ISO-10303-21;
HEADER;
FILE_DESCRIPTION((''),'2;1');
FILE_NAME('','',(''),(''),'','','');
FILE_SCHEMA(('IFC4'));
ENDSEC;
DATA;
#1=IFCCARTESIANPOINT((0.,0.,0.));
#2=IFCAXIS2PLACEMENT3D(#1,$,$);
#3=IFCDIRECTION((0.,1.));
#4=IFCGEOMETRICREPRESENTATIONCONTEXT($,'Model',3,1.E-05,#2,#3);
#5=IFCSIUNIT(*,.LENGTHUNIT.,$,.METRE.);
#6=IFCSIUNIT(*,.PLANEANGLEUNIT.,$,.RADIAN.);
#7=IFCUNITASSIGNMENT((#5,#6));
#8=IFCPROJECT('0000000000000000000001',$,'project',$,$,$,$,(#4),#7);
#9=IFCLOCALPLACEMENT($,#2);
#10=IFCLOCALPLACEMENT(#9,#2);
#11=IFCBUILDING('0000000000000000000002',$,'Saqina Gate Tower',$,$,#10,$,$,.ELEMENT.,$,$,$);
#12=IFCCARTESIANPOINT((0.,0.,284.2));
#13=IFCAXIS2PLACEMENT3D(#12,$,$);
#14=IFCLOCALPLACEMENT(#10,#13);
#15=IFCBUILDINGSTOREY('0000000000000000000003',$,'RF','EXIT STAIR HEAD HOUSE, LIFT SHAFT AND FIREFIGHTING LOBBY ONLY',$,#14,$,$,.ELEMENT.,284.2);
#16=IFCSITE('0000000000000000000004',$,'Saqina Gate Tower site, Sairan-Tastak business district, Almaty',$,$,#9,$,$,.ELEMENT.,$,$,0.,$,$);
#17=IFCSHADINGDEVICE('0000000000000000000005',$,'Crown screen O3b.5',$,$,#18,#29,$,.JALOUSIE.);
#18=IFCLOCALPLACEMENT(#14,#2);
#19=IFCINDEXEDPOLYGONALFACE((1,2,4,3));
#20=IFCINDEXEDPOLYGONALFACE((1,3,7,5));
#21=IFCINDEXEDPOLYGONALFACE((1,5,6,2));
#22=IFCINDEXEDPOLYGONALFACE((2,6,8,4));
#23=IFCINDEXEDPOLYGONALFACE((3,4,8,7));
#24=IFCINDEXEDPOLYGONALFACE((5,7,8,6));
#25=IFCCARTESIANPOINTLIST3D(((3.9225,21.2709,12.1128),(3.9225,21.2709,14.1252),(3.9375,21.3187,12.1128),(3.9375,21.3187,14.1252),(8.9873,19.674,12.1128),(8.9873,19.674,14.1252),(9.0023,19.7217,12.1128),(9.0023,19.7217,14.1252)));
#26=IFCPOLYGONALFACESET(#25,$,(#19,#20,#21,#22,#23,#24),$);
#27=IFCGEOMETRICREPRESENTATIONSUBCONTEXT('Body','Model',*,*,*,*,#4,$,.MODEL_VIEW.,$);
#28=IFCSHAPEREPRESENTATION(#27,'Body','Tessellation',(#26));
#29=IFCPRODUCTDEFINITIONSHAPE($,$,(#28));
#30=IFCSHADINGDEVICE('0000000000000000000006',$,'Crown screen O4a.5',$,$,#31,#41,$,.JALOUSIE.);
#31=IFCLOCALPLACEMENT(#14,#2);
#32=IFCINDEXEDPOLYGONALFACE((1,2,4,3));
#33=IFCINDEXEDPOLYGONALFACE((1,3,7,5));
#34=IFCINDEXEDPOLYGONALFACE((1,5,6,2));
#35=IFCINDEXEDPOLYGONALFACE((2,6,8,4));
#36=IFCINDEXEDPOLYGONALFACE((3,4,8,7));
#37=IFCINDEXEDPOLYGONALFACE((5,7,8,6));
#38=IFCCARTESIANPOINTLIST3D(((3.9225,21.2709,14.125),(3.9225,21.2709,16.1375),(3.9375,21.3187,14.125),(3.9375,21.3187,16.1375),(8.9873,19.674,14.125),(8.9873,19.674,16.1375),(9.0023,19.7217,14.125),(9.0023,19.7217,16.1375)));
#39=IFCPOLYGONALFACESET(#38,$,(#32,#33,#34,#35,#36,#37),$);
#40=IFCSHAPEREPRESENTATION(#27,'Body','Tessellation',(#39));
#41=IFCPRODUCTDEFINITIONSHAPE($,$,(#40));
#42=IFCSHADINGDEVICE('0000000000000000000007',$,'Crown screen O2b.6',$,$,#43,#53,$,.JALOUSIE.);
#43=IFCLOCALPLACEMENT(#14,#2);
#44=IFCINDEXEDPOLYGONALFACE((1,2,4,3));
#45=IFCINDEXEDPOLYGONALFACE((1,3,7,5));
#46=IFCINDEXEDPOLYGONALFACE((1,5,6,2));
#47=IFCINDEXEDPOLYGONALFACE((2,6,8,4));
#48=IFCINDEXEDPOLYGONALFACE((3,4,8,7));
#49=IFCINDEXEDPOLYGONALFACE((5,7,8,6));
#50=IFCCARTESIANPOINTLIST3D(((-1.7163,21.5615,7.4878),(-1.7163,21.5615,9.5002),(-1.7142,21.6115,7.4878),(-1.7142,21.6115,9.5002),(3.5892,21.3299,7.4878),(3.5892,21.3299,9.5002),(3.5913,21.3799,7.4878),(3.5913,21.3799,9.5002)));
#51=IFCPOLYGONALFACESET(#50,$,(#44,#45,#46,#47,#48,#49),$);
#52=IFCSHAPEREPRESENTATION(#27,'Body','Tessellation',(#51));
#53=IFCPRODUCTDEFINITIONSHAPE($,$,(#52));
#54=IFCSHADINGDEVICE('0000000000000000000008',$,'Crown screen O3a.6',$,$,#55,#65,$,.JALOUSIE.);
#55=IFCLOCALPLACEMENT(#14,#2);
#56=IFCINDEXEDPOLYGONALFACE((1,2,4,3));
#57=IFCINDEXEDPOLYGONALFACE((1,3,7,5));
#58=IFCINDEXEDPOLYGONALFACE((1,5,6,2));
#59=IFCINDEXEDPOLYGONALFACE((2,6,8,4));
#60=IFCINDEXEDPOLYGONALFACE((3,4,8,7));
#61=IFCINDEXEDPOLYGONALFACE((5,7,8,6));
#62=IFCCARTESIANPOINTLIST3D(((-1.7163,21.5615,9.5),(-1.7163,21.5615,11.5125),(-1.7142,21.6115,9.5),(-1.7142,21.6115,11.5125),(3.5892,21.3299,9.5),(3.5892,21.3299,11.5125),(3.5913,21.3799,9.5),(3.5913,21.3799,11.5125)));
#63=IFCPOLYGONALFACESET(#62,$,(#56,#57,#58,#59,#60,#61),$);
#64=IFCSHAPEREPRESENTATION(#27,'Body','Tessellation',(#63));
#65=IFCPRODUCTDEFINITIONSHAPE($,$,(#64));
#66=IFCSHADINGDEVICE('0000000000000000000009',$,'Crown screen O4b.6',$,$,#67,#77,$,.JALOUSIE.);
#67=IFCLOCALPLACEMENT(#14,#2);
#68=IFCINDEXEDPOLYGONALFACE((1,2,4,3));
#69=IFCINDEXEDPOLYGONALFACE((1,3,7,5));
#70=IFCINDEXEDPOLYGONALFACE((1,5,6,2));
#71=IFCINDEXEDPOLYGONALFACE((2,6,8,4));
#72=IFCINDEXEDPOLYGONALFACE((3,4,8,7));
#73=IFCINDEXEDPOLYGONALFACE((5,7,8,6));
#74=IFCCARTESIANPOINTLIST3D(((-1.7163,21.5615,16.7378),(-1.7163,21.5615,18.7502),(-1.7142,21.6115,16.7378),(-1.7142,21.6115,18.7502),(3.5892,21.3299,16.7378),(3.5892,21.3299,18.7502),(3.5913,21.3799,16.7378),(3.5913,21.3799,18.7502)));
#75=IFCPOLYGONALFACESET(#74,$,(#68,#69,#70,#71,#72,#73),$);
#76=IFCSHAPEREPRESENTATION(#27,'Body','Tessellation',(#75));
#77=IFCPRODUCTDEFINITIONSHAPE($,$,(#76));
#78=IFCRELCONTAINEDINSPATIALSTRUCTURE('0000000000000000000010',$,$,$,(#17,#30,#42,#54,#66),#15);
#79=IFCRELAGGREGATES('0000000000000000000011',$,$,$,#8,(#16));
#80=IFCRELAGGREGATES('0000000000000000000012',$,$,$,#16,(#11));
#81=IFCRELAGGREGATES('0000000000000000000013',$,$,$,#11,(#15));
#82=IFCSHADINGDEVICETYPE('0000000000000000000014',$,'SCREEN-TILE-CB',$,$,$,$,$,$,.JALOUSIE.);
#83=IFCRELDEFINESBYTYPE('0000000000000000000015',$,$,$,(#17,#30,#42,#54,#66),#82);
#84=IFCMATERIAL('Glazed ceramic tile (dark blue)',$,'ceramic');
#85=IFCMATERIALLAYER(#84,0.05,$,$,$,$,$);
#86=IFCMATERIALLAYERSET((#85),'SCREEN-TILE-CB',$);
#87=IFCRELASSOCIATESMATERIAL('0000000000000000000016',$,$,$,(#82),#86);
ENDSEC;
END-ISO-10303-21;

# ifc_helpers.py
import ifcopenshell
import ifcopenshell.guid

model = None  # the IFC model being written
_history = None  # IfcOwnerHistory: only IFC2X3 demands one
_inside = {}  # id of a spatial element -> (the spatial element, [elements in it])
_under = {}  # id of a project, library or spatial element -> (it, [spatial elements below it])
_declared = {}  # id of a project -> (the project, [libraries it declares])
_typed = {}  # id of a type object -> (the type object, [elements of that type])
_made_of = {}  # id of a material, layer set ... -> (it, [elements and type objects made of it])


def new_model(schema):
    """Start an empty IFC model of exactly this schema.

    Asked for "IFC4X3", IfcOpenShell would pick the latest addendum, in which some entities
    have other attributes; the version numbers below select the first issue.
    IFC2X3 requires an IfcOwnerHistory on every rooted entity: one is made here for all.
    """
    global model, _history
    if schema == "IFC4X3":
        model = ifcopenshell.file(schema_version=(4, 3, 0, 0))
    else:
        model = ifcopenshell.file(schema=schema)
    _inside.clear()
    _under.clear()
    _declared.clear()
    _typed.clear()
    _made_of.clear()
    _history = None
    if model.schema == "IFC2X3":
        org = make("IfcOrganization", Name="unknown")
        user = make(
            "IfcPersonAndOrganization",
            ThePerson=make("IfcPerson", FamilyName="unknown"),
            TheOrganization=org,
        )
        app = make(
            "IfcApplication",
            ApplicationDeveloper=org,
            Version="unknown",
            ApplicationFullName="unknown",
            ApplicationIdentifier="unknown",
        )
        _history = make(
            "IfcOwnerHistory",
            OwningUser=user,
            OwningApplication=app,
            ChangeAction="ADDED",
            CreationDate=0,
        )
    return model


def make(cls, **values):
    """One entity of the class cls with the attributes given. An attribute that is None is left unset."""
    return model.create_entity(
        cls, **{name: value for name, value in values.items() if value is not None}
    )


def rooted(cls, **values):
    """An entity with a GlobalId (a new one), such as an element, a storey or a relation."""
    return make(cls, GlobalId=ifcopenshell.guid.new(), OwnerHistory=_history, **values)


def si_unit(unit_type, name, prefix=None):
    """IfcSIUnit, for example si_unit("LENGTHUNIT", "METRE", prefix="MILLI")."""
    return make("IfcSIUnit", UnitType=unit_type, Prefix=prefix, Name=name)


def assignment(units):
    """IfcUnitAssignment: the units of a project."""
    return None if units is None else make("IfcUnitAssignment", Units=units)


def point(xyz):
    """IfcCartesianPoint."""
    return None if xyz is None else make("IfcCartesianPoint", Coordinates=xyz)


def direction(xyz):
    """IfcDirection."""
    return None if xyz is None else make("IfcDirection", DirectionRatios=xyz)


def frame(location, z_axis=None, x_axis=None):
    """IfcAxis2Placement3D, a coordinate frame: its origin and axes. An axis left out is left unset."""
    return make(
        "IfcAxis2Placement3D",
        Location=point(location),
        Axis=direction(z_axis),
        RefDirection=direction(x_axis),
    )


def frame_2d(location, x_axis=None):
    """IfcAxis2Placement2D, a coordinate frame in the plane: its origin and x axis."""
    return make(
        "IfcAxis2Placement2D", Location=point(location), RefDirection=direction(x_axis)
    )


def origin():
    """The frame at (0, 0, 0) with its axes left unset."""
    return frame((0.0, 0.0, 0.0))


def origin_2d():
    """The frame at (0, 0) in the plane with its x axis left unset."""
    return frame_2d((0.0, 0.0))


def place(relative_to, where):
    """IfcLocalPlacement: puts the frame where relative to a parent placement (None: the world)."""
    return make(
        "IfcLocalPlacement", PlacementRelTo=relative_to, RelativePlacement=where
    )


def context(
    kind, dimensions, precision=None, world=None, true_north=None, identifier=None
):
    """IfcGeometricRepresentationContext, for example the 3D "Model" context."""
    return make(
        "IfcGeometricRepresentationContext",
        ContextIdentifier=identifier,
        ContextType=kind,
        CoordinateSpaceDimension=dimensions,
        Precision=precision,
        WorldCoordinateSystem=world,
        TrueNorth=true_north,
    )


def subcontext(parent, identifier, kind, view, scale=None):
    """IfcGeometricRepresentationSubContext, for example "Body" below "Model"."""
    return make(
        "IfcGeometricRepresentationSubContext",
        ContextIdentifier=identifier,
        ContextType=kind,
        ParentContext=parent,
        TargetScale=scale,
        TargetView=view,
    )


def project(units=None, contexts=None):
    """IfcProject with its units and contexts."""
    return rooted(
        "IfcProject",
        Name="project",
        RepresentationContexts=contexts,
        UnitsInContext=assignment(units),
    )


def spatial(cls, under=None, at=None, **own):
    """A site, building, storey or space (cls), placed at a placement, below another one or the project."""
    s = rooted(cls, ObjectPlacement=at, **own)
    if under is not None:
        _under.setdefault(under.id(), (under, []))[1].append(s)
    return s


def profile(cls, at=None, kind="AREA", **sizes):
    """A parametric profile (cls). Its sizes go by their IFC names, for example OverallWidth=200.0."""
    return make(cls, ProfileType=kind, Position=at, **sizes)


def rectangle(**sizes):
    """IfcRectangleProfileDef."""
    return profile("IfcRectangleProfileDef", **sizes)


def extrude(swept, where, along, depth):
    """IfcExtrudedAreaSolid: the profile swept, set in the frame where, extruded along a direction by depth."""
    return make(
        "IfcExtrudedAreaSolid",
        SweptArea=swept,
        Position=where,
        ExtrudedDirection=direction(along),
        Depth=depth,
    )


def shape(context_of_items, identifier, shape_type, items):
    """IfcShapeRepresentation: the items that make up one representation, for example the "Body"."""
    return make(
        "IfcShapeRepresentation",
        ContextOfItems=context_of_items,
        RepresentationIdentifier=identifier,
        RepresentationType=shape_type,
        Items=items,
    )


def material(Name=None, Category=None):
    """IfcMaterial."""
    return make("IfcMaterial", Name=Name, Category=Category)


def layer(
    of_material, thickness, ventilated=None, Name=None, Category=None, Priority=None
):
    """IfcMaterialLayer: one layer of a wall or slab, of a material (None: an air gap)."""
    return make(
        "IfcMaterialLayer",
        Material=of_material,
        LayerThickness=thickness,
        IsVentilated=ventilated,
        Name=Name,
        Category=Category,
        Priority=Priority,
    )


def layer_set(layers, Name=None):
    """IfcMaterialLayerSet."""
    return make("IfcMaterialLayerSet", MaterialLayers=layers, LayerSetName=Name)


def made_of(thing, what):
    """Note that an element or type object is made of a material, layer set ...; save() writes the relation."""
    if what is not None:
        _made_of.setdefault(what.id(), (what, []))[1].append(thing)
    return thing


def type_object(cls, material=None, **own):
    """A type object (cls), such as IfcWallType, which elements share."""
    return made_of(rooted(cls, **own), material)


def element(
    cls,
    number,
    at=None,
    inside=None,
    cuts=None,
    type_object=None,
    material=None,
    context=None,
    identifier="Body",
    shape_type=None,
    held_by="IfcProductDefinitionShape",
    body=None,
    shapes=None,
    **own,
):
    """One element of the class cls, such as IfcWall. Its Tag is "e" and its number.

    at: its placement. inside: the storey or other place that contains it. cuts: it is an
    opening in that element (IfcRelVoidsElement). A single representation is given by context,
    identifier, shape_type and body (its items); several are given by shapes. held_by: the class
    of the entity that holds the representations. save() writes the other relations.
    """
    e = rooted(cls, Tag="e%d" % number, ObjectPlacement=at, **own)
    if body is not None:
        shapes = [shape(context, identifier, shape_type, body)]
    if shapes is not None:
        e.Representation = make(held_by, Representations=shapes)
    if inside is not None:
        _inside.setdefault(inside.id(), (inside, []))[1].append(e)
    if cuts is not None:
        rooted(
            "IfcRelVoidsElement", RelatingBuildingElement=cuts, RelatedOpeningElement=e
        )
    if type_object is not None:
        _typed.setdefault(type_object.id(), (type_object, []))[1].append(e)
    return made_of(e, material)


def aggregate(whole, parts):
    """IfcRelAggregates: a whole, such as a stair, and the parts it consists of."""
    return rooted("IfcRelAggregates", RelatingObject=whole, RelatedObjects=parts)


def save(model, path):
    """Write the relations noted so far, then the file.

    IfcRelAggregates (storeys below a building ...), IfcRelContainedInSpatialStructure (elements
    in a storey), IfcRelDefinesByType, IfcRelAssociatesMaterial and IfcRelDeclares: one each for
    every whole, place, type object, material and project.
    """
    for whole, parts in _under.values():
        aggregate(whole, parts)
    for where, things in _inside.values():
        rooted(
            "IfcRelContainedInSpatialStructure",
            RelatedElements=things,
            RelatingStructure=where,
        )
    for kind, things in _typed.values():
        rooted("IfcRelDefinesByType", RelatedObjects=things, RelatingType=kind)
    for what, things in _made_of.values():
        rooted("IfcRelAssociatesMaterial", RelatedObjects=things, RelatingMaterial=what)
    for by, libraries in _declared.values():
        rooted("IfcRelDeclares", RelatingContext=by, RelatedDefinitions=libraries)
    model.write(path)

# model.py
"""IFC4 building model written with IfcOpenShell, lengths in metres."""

from ifc_helpers import new_model, si_unit, direction, frame, origin, origin_2d, place, context, subcontext, project, spatial, rectangle, extrude, material, layer, layer_set, type_object, element, save


model = new_model("IFC4")

# Units and contexts
model_context = context("Model", 3, precision=1e-05, world=origin(), true_north=direction((0.0, 1.0)))
body_context = subcontext(model_context, "Body", "Model", "MODEL_VIEW")
ifc_project = project(units=[si_unit("LENGTHUNIT", "METRE"), si_unit("PLANEANGLEUNIT", "RADIAN")], contexts=[model_context])

# Site, building, storey
site_placement = place(None, origin())
site = spatial("IfcSite", under=ifc_project, at=site_placement, Name="Saqina Gate Tower site, Sairan-Tastak business district, Almaty", CompositionType="ELEMENT", RefElevation=0.0)
building_placement = place(site_placement, origin())
building = spatial("IfcBuilding", under=site, at=building_placement, Name="Saqina Gate Tower", CompositionType="ELEMENT")
storey_placement = place(building_placement, frame((0.0, 0.0, 284.2)))
storey = spatial("IfcBuildingStorey", under=building, at=storey_placement, Name="RF", Description="EXIT STAIR HEAD HOUSE, LIFT SHAFT AND FIREFIGHTING LOBBY ONLY", CompositionType="ELEMENT", Elevation=284.2)

# Shading devices
ifc_material_1 = material(Name="Glazed ceramic tile (dark blue)", Category="ceramic")
ifc_layer_1 = layer(ifc_material_1, 0.05)
ifc_layer_set_1 = layer_set([ifc_layer_1], Name="SCREEN-TILE-CB")
shading_device_type_1 = type_object("IfcShadingDeviceType", Name="SCREEN-TILE-CB", PredefinedType="JALOUSIE", material=ifc_layer_set_1)
for number, where, z_axis, x_axis, name in (
    (1, (6.4624, 20.4963, 12.1128), (0.0, 0.0, 1.0), (-0.953717, 0.300706, 0.0), "Crown screen O3b.5"),
    (2, (6.4624, 20.4963, 14.125), (0.0, 0.0, 1.0), (-0.953717, 0.300706, 0.0), "Crown screen O4a.5"),
    (3, (0.9375, 21.4707, 7.4878), (0.0, 0.0, 1.0), (-0.999048, 0.043619, 0.0), "Crown screen O2b.6"),
    (4, (0.9375, 21.4707, 9.5), (0.0, 0.0, 1.0), (-0.999048, 0.043619, 0.0), "Crown screen O3a.6"),
    (5, (0.9375, 21.4707, 16.7378), (0.0, 0.0, 1.0), (-0.999048, 0.043619, 0.0), "Crown screen O4b.6"),
):
    element("IfcShadingDevice", number, at=place(storey_placement, frame(where, z_axis=z_axis, x_axis=x_axis)), inside=storey, type_object=shading_device_type_1, Name=name, PredefinedType="JALOUSIE", context=body_context, shape_type="SweptSolid", body=[
        extrude(rectangle(XDim=5.3105, YDim=0.05, at=origin_2d()), origin(), (0.0, 0.0, 1.0), 2.0125),
    ])

save(model, "model.ifc")
